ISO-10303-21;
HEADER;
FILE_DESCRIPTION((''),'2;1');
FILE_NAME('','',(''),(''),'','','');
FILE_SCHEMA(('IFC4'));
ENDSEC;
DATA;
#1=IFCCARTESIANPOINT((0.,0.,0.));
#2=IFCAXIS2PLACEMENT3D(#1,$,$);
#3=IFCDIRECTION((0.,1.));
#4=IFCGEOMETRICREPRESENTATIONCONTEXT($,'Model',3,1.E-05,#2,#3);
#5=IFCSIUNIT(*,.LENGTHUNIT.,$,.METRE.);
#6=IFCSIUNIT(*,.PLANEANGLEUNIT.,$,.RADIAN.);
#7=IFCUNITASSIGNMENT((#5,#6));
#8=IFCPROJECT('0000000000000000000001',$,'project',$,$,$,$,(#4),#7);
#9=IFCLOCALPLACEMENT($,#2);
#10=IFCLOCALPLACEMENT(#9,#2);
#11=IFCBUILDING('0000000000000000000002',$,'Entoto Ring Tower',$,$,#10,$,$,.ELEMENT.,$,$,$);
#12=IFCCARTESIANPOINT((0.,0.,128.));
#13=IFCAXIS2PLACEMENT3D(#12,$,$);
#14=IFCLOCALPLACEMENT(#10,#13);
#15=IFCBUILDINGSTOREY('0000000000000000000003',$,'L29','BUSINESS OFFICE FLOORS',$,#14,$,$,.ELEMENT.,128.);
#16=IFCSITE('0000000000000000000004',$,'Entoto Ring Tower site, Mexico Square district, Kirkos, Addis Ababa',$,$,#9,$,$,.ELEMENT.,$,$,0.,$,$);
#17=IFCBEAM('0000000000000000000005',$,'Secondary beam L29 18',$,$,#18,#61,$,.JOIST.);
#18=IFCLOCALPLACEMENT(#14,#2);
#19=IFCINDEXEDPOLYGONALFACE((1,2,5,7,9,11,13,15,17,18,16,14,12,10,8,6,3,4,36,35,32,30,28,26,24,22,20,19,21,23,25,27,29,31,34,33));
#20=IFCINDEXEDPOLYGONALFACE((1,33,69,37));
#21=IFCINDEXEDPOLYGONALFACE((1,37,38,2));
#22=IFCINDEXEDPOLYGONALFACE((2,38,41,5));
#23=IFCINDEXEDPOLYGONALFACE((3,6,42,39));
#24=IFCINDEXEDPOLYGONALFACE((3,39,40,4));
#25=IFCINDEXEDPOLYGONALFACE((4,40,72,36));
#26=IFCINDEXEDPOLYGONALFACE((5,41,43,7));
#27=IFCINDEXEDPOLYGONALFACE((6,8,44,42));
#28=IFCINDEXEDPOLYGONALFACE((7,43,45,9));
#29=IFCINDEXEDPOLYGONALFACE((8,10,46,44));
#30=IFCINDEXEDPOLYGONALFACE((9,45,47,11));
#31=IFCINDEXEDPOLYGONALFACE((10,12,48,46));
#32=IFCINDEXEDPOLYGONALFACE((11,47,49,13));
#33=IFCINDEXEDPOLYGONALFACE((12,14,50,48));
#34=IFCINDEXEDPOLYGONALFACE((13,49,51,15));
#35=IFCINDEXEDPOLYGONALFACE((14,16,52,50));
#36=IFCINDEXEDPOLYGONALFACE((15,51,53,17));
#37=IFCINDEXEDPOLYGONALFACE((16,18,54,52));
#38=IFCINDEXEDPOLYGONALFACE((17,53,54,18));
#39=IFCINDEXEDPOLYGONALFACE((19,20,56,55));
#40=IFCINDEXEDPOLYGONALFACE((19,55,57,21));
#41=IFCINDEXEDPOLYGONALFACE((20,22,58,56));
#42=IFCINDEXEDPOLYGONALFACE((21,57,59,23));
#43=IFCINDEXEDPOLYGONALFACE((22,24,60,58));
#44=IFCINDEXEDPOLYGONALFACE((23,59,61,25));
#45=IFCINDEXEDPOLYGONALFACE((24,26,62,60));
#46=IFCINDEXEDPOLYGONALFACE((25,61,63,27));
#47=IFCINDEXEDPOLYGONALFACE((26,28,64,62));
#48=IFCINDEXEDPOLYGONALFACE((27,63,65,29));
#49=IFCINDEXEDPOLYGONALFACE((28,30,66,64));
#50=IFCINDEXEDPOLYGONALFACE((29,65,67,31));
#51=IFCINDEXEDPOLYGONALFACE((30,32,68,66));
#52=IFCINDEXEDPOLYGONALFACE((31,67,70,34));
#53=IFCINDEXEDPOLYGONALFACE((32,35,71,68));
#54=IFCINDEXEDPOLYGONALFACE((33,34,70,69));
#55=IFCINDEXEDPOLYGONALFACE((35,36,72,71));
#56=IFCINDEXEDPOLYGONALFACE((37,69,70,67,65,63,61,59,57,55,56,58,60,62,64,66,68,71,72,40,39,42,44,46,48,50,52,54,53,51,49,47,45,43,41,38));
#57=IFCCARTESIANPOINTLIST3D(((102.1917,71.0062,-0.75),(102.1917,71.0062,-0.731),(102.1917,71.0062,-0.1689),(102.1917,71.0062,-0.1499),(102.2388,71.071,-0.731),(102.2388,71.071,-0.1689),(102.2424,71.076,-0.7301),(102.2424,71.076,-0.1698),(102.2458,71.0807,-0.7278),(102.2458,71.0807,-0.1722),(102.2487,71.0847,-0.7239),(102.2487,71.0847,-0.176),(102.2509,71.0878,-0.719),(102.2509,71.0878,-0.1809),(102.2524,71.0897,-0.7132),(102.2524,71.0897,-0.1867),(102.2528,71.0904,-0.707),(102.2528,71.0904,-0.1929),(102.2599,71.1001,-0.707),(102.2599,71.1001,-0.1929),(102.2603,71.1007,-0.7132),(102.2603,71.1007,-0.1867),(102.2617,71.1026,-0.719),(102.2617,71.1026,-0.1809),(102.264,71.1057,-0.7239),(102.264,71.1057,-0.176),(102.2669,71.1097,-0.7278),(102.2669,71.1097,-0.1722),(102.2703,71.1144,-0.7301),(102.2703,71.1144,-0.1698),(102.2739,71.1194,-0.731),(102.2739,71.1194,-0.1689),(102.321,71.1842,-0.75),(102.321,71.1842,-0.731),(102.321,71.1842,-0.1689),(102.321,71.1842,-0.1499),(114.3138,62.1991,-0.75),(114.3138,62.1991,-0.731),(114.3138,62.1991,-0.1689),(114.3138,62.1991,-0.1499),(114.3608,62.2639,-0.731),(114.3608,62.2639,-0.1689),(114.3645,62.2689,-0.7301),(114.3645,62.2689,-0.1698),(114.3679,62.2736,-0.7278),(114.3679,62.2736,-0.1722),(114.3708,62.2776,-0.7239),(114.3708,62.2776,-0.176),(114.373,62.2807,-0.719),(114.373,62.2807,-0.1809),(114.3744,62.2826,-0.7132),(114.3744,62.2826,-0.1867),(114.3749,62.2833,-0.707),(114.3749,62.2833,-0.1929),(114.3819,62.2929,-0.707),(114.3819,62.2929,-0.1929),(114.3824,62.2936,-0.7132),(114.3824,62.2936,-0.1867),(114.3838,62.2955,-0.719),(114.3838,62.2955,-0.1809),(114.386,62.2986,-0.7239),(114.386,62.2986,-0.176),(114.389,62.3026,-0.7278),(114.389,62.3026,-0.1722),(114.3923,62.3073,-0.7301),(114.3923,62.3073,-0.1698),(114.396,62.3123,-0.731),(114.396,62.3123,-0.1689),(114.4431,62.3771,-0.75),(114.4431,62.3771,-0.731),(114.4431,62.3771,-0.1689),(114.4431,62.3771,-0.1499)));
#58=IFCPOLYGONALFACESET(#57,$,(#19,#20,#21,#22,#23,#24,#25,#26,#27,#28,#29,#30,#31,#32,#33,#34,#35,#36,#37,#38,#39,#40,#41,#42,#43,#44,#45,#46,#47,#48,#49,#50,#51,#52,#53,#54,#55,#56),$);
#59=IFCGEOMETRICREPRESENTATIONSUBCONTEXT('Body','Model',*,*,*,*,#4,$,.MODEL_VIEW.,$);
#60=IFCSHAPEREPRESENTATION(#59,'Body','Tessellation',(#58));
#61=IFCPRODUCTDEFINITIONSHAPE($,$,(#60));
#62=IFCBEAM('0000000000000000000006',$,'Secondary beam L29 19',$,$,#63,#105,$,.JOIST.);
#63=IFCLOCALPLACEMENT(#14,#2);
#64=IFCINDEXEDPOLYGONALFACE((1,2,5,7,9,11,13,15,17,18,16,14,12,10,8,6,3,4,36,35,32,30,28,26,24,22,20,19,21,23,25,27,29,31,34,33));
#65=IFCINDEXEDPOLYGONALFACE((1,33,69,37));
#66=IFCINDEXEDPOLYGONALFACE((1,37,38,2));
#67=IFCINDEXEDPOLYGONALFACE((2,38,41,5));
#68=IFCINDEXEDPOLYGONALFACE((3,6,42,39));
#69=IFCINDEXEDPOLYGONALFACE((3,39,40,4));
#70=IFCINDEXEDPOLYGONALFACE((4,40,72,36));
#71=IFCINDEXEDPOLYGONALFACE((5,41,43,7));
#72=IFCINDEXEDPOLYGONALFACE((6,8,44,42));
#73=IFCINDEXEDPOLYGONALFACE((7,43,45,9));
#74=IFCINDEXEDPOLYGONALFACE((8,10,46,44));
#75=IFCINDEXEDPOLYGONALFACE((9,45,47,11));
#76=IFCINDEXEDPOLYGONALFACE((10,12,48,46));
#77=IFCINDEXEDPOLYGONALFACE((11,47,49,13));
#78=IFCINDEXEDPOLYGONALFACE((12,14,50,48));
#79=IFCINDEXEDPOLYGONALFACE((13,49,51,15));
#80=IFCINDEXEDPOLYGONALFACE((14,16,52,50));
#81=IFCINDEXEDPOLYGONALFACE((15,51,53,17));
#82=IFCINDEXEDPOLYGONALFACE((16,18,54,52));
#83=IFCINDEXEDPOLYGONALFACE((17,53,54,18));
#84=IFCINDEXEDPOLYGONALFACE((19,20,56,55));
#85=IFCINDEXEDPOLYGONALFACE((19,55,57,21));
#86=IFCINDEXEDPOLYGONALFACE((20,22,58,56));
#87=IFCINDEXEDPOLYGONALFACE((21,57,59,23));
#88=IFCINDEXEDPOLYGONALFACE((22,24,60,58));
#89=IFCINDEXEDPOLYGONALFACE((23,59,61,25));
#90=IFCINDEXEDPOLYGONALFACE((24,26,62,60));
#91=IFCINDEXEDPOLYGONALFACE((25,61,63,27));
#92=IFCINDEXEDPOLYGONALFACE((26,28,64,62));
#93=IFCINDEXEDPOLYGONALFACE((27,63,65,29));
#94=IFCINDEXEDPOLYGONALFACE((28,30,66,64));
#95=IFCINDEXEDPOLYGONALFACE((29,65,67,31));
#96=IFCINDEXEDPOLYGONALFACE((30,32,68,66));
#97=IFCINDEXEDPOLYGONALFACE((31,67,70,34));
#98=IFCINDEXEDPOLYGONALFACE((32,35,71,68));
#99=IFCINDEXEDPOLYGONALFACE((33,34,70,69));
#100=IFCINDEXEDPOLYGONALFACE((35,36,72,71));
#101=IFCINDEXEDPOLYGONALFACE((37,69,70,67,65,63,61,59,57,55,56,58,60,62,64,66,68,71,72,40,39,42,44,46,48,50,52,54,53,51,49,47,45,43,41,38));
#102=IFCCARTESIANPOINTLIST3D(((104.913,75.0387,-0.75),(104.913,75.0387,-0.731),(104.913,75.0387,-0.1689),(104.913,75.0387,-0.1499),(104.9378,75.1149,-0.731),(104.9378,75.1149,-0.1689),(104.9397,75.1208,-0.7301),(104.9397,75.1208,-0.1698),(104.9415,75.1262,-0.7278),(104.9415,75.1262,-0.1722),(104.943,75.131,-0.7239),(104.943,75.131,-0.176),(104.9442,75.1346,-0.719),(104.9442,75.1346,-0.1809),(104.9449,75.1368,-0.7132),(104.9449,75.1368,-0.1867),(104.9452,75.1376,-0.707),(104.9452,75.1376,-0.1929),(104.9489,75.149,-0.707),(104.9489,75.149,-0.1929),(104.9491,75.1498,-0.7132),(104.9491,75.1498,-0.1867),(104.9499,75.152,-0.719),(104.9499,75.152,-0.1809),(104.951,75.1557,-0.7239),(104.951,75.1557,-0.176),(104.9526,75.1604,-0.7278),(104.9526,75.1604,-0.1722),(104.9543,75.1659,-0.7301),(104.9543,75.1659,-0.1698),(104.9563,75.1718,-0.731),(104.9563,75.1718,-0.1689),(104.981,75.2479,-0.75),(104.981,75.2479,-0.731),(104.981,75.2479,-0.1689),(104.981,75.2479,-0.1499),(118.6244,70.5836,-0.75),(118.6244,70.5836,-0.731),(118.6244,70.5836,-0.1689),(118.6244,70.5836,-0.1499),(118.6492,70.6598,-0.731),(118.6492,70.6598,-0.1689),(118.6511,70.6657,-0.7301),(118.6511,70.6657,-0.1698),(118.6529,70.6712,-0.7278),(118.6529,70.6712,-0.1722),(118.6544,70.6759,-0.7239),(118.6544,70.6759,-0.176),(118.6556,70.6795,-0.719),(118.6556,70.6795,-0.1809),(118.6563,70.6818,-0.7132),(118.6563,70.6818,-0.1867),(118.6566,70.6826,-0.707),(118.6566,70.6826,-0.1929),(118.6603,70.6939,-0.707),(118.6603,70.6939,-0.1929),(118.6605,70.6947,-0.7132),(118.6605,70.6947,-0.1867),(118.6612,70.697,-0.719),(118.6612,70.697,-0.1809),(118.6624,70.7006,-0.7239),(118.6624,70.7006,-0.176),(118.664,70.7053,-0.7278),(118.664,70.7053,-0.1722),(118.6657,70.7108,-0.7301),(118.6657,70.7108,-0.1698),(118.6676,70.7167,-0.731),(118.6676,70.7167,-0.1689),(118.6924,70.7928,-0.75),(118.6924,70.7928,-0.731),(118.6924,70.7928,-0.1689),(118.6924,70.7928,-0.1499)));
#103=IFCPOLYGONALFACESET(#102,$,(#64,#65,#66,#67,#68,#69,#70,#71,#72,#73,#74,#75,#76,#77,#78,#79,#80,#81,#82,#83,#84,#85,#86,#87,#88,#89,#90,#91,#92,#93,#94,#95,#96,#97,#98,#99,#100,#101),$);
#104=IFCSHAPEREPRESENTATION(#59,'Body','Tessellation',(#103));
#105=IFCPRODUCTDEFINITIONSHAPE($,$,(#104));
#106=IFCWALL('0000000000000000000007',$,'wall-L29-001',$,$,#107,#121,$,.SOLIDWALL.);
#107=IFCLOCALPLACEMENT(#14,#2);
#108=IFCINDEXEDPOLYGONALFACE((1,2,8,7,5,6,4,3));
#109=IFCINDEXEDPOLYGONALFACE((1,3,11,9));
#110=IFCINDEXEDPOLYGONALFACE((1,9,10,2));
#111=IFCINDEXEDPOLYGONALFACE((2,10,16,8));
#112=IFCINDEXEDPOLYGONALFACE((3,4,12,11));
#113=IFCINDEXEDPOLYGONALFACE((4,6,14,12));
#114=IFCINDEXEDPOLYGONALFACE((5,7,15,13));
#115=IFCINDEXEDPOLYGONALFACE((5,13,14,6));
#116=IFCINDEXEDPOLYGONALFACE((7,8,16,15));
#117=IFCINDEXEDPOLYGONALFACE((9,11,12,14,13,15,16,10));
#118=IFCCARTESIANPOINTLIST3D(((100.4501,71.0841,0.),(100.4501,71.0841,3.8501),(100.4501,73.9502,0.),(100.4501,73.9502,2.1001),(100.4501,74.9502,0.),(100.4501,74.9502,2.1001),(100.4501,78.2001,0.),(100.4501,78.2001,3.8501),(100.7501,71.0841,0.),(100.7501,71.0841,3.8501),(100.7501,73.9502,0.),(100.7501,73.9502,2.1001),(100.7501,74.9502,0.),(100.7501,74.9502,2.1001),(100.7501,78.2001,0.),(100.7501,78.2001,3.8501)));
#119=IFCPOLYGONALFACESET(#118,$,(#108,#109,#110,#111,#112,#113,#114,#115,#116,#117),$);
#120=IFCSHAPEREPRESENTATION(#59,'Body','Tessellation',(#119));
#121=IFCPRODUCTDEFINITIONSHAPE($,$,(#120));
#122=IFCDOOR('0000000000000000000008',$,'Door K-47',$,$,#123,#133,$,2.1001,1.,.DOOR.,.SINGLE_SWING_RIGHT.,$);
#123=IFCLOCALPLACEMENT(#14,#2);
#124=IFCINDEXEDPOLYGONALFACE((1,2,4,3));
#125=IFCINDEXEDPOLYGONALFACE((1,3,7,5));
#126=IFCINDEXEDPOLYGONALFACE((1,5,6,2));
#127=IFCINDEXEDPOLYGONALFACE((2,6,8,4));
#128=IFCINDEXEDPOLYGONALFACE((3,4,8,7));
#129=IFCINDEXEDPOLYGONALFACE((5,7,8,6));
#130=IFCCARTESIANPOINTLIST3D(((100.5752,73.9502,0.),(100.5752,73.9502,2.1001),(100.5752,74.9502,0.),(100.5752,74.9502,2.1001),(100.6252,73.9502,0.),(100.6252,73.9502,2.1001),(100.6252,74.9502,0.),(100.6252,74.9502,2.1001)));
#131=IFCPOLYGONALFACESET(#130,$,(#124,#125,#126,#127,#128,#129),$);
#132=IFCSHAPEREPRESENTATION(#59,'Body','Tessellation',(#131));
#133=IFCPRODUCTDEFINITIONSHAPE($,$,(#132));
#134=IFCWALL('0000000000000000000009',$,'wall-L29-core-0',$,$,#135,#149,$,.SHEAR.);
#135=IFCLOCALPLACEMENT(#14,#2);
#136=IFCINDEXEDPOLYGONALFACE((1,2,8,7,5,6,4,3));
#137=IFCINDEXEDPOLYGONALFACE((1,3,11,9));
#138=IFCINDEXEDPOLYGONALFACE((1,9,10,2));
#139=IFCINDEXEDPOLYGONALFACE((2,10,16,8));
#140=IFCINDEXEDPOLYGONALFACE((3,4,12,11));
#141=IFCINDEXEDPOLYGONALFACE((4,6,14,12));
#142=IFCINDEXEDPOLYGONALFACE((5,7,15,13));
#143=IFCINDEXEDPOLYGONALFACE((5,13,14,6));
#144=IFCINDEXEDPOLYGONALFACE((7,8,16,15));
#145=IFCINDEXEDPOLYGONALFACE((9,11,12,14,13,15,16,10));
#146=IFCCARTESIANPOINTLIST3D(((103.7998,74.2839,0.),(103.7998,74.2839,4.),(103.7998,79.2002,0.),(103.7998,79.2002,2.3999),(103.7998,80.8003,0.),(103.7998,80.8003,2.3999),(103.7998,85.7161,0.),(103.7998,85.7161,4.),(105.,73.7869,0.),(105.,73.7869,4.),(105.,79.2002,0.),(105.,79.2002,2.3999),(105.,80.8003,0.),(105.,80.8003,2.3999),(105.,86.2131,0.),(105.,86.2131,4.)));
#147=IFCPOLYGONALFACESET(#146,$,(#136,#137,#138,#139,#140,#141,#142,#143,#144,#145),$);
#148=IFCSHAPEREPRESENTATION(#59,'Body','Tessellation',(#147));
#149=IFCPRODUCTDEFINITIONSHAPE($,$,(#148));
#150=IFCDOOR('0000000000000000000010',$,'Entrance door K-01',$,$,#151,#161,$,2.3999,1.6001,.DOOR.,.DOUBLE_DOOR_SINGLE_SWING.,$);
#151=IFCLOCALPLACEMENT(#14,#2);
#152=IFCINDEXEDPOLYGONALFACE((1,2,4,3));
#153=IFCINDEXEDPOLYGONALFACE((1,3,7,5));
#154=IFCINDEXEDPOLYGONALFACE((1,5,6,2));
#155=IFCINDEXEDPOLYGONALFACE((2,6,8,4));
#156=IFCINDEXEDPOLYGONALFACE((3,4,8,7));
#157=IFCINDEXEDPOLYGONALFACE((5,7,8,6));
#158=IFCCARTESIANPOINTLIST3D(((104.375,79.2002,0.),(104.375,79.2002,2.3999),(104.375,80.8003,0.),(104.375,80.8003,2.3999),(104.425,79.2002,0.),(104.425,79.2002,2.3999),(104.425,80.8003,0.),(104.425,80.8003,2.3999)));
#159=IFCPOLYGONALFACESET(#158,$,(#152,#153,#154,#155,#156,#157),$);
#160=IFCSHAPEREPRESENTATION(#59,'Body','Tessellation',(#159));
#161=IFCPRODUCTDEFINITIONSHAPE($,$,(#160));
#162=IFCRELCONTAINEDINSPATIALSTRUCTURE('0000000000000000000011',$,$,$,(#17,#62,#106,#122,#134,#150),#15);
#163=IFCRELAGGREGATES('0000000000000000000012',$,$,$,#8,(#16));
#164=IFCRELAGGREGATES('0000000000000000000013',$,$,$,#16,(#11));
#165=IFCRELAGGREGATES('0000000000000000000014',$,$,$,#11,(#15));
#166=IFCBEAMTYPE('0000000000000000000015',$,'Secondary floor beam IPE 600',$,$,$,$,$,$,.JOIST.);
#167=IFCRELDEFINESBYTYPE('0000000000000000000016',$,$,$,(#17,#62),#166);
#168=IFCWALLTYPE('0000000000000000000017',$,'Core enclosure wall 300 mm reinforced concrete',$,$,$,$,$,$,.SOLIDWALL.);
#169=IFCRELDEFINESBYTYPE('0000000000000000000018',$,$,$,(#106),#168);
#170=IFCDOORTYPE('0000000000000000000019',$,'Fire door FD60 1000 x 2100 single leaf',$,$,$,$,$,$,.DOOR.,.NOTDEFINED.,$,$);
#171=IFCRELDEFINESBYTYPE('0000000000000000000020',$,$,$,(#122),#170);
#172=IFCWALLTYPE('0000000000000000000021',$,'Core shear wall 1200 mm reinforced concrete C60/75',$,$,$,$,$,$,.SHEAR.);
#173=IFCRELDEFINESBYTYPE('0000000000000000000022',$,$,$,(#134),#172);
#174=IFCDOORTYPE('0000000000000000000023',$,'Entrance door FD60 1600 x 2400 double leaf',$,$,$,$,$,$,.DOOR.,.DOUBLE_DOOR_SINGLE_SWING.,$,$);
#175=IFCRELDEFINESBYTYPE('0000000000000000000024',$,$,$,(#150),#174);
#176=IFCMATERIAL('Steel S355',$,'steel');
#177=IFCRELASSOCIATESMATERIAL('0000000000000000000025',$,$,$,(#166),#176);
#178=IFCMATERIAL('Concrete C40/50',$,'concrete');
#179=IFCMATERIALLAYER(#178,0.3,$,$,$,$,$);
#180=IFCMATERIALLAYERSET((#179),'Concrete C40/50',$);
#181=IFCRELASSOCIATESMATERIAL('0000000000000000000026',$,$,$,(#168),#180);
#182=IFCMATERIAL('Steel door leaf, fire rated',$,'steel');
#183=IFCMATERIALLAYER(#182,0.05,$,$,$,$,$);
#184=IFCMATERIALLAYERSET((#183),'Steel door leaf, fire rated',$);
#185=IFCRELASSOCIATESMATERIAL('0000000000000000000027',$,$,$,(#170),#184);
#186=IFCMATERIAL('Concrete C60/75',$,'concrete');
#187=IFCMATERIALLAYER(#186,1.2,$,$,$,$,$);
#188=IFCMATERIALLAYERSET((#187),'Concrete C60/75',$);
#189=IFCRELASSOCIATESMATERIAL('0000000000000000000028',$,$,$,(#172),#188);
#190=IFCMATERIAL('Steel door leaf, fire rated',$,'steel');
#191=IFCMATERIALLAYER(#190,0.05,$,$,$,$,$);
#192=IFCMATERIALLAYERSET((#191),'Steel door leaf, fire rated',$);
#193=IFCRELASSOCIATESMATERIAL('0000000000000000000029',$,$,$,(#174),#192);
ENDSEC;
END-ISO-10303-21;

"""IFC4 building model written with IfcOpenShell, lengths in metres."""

from ifc_helpers import new_model, si_unit, direction, frame, frame_2d, origin, origin_2d, place, context, subcontext, project, spatial, polyline, rectangle, i_section, outline, extrude, material, layer, layer_set, material_profile, profile_set, type_object, element, fill, save


model = new_model("IFC4")

# Units and contexts
model_context = context("Model", 3, precision=1e-05, world=origin(), true_north=direction((0.0, 1.0)))
body_context = subcontext(model_context, "Body", "Model", "MODEL_VIEW")
ifc_project = project(units=[si_unit("LENGTHUNIT", "METRE"), si_unit("PLANEANGLEUNIT", "RADIAN")], contexts=[model_context])

# Site, building, storey
site_placement = place(None, origin())
site = spatial("IfcSite", under=ifc_project, at=site_placement, Name="Entoto Ring Tower site, Mexico Square district, Kirkos, Addis Ababa", CompositionType="ELEMENT", RefElevation=0.0)
building_placement = place(site_placement, origin())
building = spatial("IfcBuilding", under=site, at=building_placement, Name="Entoto Ring Tower", CompositionType="ELEMENT")
storey_placement = place(building_placement, frame((0.0, 0.0, 128.0)))
storey = spatial("IfcBuildingStorey", under=building, at=storey_placement, Name="L29", Description="BUSINESS OFFICE FLOORS", CompositionType="ELEMENT", Elevation=128.0)

# Beams
ifc_material_1 = material(Name="Steel S355", Category="steel")
ifc_material_profile_1 = material_profile(ifc_material_1, i_section(OverallWidth=0.22, OverallDepth=0.6001, WebThickness=0.012, FlangeThickness=0.019, FilletRadius=0.0239, at=origin_2d()), Name="IPE 600")
ifc_profile_set_1 = profile_set([ifc_material_profile_1], Name="Steel S355")
beam_type_1 = type_object("IfcBeamType", Name="Secondary floor beam IPE 600", PredefinedType="JOIST", material=ifc_profile_set_1)
beam_1_placement = place(storey_placement, frame((102.2563, 71.0952, -0.45), z_axis=(0.809019, -0.587782, 0.0), x_axis=(0.587782, 0.809019, 0.0)))
element("IfcBeam", 1, at=beam_1_placement, inside=storey, type_object=beam_type_1, Name="Secondary beam L29 18", PredefinedType="JOIST", context=body_context, shape_type="SweptSolid", body=[
    extrude(i_section(OverallWidth=0.22, OverallDepth=0.6001, WebThickness=0.012, FlangeThickness=0.019, FilletRadius=0.0239, at=origin_2d()), origin(), (0.0, 0.0, 1.0), 14.9836),
])
beam_2_placement = place(storey_placement, frame((104.947, 75.1433, -0.45), z_axis=(0.951057, -0.309015, 0.0), x_axis=(0.309015, 0.951057, 0.0)))
element("IfcBeam", 2, at=beam_2_placement, inside=storey, type_object=beam_type_1, Name="Secondary beam L29 19", PredefinedType="JOIST", context=body_context, shape_type="SweptSolid", body=[
    extrude(i_section(OverallWidth=0.22, OverallDepth=0.6001, WebThickness=0.012, FlangeThickness=0.019, FilletRadius=0.0239, at=origin_2d()), origin(), (0.0, 0.0, 1.0), 14.417),
])

# Walls, openings, doors
ifc_material_2 = material(Name="Concrete C40/50", Category="concrete")
ifc_layer_1 = layer(ifc_material_2, 0.3)
ifc_layer_set_1 = layer_set([ifc_layer_1], Name="Concrete C40/50")
wall_type_1 = type_object("IfcWallType", Name="Core enclosure wall 300 mm reinforced concrete", PredefinedType="SOLIDWALL", material=ifc_layer_set_1)
wall_1_placement = place(storey_placement, frame((100.6001, 71.084, 0.0), z_axis=(0.0, 0.0, 1.0), x_axis=(0.0, 1.0, 0.0)))
wall_1 = element("IfcWall", 3, at=wall_1_placement, inside=storey, type_object=wall_type_1, Name="wall-L29-001", PredefinedType="SOLIDWALL", context=body_context, shape_type="SweptSolid", body=[
    extrude(rectangle(XDim=7.116, YDim=0.3, at=frame_2d((3.5581, 0.0))), origin(), (0.0, 0.0, 1.0), 3.8501),
])
opening_1_placement = place(wall_1_placement, frame((2.8662, 0.0, 0.0)))
opening_1 = element("IfcOpeningElement", 4, at=opening_1_placement, cuts=wall_1, PredefinedType="OPENING", context=body_context, shape_type="SweptSolid", body=[
    extrude(rectangle(XDim=1.0, YDim=2.1001, at=frame_2d((0.5, 1.05))), frame((0.0, 0.1602, 0.0), z_axis=(0.0, -1.0, 0.0), x_axis=(1.0, 0.0, 0.0)), (0.0, 0.0, 1.0), 0.3201),
])
ifc_material_3 = material(Name="Steel door leaf, fire rated", Category="steel")
ifc_layer_2 = layer(ifc_material_3, 0.05)
ifc_layer_set_2 = layer_set([ifc_layer_2], Name="Steel door leaf, fire rated")
door_type_1 = type_object("IfcDoorType", Name="Fire door FD60 1000 x 2100 single leaf", OperationType="NOTDEFINED", PredefinedType="DOOR", material=ifc_layer_set_2)
door_1_placement = place(opening_1_placement, origin())
door_1 = element("IfcDoor", 5, at=door_1_placement, inside=storey, type_object=door_type_1, Name="Door K-47", OperationType="SINGLE_SWING_RIGHT", OverallHeight=2.1001, OverallWidth=1.0, PredefinedType="DOOR", context=body_context, shape_type="SweptSolid", body=[
    extrude(rectangle(XDim=1.0, YDim=2.1001, at=frame_2d((0.5, 1.05))), frame((0.0, 0.0249, 0.0), z_axis=(0.0, -1.0, 0.0), x_axis=(1.0, 0.0, 0.0)), (0.0, 0.0, 1.0), 0.05),
])
fill(opening_1, door_1)
ifc_material_4 = material(Name="Concrete C60/75", Category="concrete")
ifc_layer_3 = layer(ifc_material_4, 1.2)
ifc_layer_set_3 = layer_set([ifc_layer_3], Name="Concrete C60/75")
wall_type_2 = type_object("IfcWallType", Name="Core shear wall 1200 mm reinforced concrete C60/75", PredefinedType="SHEAR", material=ifc_layer_set_3)
wall_2_placement = place(storey_placement, frame((104.3999, 74.0354, 0.0), z_axis=(0.0, 0.0, 1.0), x_axis=(0.0, 1.0, 0.0)))
wall_2 = element("IfcWall", 6, at=wall_2_placement, inside=storey, type_object=wall_type_2, Name="wall-L29-core-0", PredefinedType="SHEAR", context=body_context, shape_type="SweptSolid", body=[
    extrude(outline(polyline([(-0.2485, -0.6001), (12.1777, -0.6001), (11.6807, 0.6001), (0.2485, 0.6001), (-0.2485, -0.6001)])), origin(), (0.0, 0.0, 1.0), 4.0),
])
opening_2_placement = place(wall_2_placement, frame((5.1648, 0.0, 0.0)))
opening_2 = element("IfcOpeningElement", 7, at=opening_2_placement, cuts=wall_2, PredefinedType="OPENING", context=body_context, shape_type="SweptSolid", body=[
    extrude(rectangle(XDim=1.6001, YDim=2.3999, at=frame_2d((0.8, 1.2))), frame((0.0, 0.6099, 0.0), z_axis=(0.0, -1.0, 0.0), x_axis=(1.0, 0.0, 0.0)), (0.0, 0.0, 1.0), 1.22),
])
ifc_material_5 = material(Name="Steel door leaf, fire rated", Category="steel")
ifc_layer_4 = layer(ifc_material_5, 0.05)
ifc_layer_set_4 = layer_set([ifc_layer_4], Name="Steel door leaf, fire rated")
door_type_2 = type_object("IfcDoorType", Name="Entrance door FD60 1600 x 2400 double leaf", OperationType="DOUBLE_DOOR_SINGLE_SWING", PredefinedType="DOOR", material=ifc_layer_set_4)
door_2_placement = place(opening_2_placement, origin())
door_2 = element("IfcDoor", 8, at=door_2_placement, inside=storey, type_object=door_type_2, Name="Entrance door K-01", OperationType="DOUBLE_DOOR_SINGLE_SWING", OverallHeight=2.3999, OverallWidth=1.6001, PredefinedType="DOOR", context=body_context, shape_type="SweptSolid", body=[
    extrude(rectangle(XDim=1.6001, YDim=2.3999, at=frame_2d((0.8, 1.2))), frame((0.0, 0.0249, 0.0), z_axis=(0.0, -1.0, 0.0), x_axis=(1.0, 0.0, 0.0)), (0.0, 0.0, 1.0), 0.05),
])
fill(opening_2, door_2)

save(model, "model.ifc")
